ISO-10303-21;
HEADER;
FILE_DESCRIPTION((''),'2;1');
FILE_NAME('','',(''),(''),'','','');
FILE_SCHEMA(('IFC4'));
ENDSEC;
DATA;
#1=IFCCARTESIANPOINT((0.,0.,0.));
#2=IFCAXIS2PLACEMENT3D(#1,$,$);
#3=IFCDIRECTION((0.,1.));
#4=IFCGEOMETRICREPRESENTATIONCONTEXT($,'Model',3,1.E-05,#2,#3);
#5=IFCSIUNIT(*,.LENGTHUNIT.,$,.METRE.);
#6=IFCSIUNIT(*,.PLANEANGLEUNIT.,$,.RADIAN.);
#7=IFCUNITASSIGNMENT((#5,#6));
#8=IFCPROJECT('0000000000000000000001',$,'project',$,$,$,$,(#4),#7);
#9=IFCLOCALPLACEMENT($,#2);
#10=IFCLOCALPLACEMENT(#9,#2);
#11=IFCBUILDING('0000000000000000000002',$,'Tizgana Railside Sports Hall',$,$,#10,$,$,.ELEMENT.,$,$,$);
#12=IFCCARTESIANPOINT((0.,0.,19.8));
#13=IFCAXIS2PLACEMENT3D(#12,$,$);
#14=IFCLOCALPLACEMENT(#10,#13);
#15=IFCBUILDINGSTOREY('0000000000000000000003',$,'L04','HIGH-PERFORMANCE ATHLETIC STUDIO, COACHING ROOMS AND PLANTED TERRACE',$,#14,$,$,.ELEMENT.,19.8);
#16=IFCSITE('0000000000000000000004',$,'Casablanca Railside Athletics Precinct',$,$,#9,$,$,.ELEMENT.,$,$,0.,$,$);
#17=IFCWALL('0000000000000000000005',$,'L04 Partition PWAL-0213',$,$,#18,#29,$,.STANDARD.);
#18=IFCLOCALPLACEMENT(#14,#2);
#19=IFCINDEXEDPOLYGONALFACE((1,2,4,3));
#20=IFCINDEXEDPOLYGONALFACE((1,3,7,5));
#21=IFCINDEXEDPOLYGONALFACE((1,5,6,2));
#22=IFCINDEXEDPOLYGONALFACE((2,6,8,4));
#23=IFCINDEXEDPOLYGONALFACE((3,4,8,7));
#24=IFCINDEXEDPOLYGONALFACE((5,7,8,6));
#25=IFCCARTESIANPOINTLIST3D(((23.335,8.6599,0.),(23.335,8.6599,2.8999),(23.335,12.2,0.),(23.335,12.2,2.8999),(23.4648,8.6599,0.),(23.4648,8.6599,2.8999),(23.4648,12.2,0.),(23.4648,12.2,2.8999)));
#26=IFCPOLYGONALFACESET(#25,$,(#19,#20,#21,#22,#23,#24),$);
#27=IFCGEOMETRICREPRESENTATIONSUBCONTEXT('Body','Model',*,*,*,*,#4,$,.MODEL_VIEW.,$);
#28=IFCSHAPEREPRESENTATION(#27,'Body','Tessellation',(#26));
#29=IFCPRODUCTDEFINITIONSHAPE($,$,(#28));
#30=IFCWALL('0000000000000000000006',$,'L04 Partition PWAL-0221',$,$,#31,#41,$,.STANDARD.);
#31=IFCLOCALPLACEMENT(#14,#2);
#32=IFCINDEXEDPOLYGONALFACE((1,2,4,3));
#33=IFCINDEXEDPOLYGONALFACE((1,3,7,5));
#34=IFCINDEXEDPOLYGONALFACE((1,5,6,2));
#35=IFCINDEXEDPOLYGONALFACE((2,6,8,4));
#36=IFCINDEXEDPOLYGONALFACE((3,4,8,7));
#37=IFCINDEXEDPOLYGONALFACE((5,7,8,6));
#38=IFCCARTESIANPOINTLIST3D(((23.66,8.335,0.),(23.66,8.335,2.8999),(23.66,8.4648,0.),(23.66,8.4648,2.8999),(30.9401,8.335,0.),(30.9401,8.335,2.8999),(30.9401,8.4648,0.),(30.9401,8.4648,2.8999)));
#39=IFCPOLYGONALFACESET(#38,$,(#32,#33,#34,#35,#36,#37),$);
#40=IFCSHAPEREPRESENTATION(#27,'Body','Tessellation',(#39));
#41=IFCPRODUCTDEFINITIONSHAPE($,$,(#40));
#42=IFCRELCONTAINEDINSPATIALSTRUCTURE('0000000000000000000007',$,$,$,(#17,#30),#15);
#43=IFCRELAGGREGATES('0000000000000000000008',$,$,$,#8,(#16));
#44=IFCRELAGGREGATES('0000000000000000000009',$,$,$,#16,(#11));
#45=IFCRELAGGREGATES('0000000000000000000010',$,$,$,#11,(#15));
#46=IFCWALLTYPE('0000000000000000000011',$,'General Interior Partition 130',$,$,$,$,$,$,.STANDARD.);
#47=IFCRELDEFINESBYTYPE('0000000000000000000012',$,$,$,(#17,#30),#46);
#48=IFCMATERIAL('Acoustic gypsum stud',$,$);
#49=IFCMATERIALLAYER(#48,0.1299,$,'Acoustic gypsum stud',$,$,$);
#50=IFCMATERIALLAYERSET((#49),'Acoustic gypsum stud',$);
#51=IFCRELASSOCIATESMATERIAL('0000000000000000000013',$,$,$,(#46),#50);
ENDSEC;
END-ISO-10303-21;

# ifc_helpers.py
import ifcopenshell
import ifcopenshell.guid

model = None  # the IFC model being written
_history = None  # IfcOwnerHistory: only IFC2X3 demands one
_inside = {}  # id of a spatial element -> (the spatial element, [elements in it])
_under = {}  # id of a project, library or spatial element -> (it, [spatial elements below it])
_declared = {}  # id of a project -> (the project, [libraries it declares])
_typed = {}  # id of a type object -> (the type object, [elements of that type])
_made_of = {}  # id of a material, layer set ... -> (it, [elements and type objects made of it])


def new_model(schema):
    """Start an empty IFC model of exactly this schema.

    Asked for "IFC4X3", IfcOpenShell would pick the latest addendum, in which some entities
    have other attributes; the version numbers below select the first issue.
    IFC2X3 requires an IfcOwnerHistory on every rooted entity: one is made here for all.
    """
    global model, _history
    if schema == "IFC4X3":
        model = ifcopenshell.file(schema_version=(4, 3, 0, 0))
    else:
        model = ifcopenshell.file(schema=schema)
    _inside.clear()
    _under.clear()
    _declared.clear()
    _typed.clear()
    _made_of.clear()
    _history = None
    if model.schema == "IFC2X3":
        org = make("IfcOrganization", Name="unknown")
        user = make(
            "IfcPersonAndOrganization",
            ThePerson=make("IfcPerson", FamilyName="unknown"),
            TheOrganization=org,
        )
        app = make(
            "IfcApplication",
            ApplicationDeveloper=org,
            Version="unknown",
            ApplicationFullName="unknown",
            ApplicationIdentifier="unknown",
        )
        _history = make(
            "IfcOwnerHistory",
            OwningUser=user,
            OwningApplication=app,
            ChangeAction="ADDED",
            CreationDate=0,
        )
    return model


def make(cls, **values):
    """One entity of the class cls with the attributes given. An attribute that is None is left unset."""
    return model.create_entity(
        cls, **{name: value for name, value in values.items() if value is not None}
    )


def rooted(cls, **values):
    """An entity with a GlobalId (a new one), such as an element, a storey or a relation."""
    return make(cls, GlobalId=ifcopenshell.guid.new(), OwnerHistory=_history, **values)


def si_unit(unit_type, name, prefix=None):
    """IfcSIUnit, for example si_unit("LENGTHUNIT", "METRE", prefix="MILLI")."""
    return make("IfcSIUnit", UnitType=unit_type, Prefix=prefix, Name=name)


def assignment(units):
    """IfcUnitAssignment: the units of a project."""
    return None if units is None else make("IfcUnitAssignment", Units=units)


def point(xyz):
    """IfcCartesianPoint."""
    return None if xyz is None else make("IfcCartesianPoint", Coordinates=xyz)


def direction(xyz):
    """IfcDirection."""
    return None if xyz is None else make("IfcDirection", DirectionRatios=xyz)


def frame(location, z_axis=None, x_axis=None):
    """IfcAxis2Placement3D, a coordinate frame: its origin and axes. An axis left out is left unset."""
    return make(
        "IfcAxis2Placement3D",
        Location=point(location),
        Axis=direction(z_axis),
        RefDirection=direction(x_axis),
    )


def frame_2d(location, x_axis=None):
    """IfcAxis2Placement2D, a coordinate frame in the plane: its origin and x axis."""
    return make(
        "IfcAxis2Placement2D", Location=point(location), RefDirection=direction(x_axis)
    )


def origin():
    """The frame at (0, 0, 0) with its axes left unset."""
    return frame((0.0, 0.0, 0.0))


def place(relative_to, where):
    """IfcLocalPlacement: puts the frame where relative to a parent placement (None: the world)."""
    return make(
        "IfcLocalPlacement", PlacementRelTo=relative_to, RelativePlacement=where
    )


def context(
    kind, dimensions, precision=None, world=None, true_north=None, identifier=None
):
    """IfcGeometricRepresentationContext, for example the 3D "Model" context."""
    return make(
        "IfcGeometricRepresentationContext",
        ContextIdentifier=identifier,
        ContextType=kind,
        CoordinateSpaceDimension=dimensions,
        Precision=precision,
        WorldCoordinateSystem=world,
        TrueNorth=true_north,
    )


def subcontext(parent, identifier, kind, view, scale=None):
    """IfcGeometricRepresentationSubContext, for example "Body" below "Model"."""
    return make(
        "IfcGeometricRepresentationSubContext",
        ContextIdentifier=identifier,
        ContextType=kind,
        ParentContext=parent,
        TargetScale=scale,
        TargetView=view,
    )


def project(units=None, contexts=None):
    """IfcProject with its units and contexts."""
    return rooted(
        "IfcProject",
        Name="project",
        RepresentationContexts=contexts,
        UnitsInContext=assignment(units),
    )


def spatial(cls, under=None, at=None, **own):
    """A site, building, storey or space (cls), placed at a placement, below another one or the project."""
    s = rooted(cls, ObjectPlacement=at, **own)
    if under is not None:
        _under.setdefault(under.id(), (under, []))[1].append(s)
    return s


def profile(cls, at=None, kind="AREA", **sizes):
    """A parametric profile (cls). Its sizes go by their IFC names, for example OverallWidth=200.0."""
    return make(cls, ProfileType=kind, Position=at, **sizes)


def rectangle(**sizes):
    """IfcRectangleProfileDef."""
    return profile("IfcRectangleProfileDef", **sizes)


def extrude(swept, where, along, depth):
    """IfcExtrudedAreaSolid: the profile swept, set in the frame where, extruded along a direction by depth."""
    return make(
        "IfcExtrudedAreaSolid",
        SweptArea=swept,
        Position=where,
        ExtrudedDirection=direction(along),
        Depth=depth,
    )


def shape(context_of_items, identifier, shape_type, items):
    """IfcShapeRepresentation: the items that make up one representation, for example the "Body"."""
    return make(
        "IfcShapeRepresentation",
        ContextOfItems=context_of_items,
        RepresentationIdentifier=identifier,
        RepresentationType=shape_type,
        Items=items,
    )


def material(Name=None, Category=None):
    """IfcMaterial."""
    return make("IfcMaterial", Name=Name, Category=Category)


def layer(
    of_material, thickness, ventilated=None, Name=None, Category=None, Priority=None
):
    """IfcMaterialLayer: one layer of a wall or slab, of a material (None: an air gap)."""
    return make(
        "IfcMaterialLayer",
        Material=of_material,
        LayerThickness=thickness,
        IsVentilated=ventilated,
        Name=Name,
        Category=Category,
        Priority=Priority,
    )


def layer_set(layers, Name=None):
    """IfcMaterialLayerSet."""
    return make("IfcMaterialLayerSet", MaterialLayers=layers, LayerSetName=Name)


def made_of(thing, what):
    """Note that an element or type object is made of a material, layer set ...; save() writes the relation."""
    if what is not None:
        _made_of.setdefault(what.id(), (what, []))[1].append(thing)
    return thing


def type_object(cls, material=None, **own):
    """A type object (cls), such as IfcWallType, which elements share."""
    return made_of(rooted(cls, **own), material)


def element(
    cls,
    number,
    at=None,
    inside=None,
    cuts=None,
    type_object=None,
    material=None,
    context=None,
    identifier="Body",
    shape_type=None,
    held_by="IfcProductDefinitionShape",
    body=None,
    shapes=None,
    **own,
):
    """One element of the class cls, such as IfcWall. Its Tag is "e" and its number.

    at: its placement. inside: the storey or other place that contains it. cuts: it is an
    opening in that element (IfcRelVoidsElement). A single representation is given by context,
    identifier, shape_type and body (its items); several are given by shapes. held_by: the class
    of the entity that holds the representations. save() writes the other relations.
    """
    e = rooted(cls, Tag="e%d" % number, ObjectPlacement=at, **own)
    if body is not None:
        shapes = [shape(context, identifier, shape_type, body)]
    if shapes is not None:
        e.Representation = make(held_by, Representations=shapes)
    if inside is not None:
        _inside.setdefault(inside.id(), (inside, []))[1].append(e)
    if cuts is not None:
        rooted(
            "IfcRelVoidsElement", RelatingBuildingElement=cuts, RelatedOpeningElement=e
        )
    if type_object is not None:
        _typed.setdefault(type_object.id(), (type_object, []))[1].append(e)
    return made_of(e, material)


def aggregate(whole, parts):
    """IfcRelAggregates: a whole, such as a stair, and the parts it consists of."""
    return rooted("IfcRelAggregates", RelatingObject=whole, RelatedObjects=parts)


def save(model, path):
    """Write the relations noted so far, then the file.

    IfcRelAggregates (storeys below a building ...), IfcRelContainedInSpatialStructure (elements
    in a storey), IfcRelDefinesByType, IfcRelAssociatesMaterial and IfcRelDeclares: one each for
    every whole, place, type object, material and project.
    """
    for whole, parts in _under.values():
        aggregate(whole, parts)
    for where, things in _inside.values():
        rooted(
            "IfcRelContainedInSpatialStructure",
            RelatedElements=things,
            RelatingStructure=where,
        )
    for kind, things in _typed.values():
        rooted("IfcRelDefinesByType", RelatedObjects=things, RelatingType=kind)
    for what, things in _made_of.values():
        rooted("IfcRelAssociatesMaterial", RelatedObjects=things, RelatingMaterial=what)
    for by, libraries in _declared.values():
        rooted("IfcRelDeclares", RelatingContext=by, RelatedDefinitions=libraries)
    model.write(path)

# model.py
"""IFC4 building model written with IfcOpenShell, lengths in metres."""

from ifc_helpers import new_model, si_unit, direction, frame, frame_2d, origin, place, context, subcontext, project, spatial, rectangle, extrude, material, layer, layer_set, type_object, element, save


model = new_model("IFC4")

# Units and contexts
model_context = context("Model", 3, precision=1e-05, world=origin(), true_north=direction((0.0, 1.0)))
body_context = subcontext(model_context, "Body", "Model", "MODEL_VIEW")
ifc_project = project(units=[si_unit("LENGTHUNIT", "METRE"), si_unit("PLANEANGLEUNIT", "RADIAN")], contexts=[model_context])

# Site, building, storey
site_placement = place(None, origin())
site = spatial("IfcSite", under=ifc_project, at=site_placement, Name="Casablanca Railside Athletics Precinct", CompositionType="ELEMENT", RefElevation=0.0)
building_placement = place(site_placement, origin())
building = spatial("IfcBuilding", under=site, at=building_placement, Name="Tizgana Railside Sports Hall", CompositionType="ELEMENT")
storey_placement = place(building_placement, frame((0.0, 0.0, 19.8)))
storey = spatial("IfcBuildingStorey", under=building, at=storey_placement, Name="L04", Description="HIGH-PERFORMANCE ATHLETIC STUDIO, COACHING ROOMS AND PLANTED TERRACE", CompositionType="ELEMENT", Elevation=19.8)

# Walls
ifc_material_1 = material(Name="Acoustic gypsum stud")
ifc_layer_1 = layer(ifc_material_1, 0.1299, Name="Acoustic gypsum stud")
ifc_layer_set_1 = layer_set([ifc_layer_1], Name="Acoustic gypsum stud")
wall_type_1 = type_object("IfcWallType", Name="General Interior Partition 130", PredefinedType="STANDARD", material=ifc_layer_set_1)
wall_1_placement = place(storey_placement, frame((23.3999, 8.6599, 0.0), z_axis=(0.0, 0.0, 1.0), x_axis=(0.0, 1.0, 0.0)))
element("IfcWall", 1, at=wall_1_placement, inside=storey, type_object=wall_type_1, Name="L04 Partition PWAL-0213", PredefinedType="STANDARD", context=body_context, shape_type="SweptSolid", body=[
    extrude(rectangle(XDim=3.54, YDim=0.1299, at=frame_2d((1.77, 0.0))), origin(), (0.0, 0.0, 1.0), 2.8999),
])
wall_2_placement = place(storey_placement, frame((23.6599, 8.3999, 0.0), z_axis=(0.0, 0.0, 1.0), x_axis=(1.0, 0.0, 0.0)))
element("IfcWall", 2, at=wall_2_placement, inside=storey, type_object=wall_type_1, Name="L04 Partition PWAL-0221", PredefinedType="STANDARD", context=body_context, shape_type="SweptSolid", body=[
    extrude(rectangle(XDim=7.28, YDim=0.1299, at=frame_2d((3.6401, 0.0))), origin(), (0.0, 0.0, 1.0), 2.8999),
])

save(model, "model.ifc")
